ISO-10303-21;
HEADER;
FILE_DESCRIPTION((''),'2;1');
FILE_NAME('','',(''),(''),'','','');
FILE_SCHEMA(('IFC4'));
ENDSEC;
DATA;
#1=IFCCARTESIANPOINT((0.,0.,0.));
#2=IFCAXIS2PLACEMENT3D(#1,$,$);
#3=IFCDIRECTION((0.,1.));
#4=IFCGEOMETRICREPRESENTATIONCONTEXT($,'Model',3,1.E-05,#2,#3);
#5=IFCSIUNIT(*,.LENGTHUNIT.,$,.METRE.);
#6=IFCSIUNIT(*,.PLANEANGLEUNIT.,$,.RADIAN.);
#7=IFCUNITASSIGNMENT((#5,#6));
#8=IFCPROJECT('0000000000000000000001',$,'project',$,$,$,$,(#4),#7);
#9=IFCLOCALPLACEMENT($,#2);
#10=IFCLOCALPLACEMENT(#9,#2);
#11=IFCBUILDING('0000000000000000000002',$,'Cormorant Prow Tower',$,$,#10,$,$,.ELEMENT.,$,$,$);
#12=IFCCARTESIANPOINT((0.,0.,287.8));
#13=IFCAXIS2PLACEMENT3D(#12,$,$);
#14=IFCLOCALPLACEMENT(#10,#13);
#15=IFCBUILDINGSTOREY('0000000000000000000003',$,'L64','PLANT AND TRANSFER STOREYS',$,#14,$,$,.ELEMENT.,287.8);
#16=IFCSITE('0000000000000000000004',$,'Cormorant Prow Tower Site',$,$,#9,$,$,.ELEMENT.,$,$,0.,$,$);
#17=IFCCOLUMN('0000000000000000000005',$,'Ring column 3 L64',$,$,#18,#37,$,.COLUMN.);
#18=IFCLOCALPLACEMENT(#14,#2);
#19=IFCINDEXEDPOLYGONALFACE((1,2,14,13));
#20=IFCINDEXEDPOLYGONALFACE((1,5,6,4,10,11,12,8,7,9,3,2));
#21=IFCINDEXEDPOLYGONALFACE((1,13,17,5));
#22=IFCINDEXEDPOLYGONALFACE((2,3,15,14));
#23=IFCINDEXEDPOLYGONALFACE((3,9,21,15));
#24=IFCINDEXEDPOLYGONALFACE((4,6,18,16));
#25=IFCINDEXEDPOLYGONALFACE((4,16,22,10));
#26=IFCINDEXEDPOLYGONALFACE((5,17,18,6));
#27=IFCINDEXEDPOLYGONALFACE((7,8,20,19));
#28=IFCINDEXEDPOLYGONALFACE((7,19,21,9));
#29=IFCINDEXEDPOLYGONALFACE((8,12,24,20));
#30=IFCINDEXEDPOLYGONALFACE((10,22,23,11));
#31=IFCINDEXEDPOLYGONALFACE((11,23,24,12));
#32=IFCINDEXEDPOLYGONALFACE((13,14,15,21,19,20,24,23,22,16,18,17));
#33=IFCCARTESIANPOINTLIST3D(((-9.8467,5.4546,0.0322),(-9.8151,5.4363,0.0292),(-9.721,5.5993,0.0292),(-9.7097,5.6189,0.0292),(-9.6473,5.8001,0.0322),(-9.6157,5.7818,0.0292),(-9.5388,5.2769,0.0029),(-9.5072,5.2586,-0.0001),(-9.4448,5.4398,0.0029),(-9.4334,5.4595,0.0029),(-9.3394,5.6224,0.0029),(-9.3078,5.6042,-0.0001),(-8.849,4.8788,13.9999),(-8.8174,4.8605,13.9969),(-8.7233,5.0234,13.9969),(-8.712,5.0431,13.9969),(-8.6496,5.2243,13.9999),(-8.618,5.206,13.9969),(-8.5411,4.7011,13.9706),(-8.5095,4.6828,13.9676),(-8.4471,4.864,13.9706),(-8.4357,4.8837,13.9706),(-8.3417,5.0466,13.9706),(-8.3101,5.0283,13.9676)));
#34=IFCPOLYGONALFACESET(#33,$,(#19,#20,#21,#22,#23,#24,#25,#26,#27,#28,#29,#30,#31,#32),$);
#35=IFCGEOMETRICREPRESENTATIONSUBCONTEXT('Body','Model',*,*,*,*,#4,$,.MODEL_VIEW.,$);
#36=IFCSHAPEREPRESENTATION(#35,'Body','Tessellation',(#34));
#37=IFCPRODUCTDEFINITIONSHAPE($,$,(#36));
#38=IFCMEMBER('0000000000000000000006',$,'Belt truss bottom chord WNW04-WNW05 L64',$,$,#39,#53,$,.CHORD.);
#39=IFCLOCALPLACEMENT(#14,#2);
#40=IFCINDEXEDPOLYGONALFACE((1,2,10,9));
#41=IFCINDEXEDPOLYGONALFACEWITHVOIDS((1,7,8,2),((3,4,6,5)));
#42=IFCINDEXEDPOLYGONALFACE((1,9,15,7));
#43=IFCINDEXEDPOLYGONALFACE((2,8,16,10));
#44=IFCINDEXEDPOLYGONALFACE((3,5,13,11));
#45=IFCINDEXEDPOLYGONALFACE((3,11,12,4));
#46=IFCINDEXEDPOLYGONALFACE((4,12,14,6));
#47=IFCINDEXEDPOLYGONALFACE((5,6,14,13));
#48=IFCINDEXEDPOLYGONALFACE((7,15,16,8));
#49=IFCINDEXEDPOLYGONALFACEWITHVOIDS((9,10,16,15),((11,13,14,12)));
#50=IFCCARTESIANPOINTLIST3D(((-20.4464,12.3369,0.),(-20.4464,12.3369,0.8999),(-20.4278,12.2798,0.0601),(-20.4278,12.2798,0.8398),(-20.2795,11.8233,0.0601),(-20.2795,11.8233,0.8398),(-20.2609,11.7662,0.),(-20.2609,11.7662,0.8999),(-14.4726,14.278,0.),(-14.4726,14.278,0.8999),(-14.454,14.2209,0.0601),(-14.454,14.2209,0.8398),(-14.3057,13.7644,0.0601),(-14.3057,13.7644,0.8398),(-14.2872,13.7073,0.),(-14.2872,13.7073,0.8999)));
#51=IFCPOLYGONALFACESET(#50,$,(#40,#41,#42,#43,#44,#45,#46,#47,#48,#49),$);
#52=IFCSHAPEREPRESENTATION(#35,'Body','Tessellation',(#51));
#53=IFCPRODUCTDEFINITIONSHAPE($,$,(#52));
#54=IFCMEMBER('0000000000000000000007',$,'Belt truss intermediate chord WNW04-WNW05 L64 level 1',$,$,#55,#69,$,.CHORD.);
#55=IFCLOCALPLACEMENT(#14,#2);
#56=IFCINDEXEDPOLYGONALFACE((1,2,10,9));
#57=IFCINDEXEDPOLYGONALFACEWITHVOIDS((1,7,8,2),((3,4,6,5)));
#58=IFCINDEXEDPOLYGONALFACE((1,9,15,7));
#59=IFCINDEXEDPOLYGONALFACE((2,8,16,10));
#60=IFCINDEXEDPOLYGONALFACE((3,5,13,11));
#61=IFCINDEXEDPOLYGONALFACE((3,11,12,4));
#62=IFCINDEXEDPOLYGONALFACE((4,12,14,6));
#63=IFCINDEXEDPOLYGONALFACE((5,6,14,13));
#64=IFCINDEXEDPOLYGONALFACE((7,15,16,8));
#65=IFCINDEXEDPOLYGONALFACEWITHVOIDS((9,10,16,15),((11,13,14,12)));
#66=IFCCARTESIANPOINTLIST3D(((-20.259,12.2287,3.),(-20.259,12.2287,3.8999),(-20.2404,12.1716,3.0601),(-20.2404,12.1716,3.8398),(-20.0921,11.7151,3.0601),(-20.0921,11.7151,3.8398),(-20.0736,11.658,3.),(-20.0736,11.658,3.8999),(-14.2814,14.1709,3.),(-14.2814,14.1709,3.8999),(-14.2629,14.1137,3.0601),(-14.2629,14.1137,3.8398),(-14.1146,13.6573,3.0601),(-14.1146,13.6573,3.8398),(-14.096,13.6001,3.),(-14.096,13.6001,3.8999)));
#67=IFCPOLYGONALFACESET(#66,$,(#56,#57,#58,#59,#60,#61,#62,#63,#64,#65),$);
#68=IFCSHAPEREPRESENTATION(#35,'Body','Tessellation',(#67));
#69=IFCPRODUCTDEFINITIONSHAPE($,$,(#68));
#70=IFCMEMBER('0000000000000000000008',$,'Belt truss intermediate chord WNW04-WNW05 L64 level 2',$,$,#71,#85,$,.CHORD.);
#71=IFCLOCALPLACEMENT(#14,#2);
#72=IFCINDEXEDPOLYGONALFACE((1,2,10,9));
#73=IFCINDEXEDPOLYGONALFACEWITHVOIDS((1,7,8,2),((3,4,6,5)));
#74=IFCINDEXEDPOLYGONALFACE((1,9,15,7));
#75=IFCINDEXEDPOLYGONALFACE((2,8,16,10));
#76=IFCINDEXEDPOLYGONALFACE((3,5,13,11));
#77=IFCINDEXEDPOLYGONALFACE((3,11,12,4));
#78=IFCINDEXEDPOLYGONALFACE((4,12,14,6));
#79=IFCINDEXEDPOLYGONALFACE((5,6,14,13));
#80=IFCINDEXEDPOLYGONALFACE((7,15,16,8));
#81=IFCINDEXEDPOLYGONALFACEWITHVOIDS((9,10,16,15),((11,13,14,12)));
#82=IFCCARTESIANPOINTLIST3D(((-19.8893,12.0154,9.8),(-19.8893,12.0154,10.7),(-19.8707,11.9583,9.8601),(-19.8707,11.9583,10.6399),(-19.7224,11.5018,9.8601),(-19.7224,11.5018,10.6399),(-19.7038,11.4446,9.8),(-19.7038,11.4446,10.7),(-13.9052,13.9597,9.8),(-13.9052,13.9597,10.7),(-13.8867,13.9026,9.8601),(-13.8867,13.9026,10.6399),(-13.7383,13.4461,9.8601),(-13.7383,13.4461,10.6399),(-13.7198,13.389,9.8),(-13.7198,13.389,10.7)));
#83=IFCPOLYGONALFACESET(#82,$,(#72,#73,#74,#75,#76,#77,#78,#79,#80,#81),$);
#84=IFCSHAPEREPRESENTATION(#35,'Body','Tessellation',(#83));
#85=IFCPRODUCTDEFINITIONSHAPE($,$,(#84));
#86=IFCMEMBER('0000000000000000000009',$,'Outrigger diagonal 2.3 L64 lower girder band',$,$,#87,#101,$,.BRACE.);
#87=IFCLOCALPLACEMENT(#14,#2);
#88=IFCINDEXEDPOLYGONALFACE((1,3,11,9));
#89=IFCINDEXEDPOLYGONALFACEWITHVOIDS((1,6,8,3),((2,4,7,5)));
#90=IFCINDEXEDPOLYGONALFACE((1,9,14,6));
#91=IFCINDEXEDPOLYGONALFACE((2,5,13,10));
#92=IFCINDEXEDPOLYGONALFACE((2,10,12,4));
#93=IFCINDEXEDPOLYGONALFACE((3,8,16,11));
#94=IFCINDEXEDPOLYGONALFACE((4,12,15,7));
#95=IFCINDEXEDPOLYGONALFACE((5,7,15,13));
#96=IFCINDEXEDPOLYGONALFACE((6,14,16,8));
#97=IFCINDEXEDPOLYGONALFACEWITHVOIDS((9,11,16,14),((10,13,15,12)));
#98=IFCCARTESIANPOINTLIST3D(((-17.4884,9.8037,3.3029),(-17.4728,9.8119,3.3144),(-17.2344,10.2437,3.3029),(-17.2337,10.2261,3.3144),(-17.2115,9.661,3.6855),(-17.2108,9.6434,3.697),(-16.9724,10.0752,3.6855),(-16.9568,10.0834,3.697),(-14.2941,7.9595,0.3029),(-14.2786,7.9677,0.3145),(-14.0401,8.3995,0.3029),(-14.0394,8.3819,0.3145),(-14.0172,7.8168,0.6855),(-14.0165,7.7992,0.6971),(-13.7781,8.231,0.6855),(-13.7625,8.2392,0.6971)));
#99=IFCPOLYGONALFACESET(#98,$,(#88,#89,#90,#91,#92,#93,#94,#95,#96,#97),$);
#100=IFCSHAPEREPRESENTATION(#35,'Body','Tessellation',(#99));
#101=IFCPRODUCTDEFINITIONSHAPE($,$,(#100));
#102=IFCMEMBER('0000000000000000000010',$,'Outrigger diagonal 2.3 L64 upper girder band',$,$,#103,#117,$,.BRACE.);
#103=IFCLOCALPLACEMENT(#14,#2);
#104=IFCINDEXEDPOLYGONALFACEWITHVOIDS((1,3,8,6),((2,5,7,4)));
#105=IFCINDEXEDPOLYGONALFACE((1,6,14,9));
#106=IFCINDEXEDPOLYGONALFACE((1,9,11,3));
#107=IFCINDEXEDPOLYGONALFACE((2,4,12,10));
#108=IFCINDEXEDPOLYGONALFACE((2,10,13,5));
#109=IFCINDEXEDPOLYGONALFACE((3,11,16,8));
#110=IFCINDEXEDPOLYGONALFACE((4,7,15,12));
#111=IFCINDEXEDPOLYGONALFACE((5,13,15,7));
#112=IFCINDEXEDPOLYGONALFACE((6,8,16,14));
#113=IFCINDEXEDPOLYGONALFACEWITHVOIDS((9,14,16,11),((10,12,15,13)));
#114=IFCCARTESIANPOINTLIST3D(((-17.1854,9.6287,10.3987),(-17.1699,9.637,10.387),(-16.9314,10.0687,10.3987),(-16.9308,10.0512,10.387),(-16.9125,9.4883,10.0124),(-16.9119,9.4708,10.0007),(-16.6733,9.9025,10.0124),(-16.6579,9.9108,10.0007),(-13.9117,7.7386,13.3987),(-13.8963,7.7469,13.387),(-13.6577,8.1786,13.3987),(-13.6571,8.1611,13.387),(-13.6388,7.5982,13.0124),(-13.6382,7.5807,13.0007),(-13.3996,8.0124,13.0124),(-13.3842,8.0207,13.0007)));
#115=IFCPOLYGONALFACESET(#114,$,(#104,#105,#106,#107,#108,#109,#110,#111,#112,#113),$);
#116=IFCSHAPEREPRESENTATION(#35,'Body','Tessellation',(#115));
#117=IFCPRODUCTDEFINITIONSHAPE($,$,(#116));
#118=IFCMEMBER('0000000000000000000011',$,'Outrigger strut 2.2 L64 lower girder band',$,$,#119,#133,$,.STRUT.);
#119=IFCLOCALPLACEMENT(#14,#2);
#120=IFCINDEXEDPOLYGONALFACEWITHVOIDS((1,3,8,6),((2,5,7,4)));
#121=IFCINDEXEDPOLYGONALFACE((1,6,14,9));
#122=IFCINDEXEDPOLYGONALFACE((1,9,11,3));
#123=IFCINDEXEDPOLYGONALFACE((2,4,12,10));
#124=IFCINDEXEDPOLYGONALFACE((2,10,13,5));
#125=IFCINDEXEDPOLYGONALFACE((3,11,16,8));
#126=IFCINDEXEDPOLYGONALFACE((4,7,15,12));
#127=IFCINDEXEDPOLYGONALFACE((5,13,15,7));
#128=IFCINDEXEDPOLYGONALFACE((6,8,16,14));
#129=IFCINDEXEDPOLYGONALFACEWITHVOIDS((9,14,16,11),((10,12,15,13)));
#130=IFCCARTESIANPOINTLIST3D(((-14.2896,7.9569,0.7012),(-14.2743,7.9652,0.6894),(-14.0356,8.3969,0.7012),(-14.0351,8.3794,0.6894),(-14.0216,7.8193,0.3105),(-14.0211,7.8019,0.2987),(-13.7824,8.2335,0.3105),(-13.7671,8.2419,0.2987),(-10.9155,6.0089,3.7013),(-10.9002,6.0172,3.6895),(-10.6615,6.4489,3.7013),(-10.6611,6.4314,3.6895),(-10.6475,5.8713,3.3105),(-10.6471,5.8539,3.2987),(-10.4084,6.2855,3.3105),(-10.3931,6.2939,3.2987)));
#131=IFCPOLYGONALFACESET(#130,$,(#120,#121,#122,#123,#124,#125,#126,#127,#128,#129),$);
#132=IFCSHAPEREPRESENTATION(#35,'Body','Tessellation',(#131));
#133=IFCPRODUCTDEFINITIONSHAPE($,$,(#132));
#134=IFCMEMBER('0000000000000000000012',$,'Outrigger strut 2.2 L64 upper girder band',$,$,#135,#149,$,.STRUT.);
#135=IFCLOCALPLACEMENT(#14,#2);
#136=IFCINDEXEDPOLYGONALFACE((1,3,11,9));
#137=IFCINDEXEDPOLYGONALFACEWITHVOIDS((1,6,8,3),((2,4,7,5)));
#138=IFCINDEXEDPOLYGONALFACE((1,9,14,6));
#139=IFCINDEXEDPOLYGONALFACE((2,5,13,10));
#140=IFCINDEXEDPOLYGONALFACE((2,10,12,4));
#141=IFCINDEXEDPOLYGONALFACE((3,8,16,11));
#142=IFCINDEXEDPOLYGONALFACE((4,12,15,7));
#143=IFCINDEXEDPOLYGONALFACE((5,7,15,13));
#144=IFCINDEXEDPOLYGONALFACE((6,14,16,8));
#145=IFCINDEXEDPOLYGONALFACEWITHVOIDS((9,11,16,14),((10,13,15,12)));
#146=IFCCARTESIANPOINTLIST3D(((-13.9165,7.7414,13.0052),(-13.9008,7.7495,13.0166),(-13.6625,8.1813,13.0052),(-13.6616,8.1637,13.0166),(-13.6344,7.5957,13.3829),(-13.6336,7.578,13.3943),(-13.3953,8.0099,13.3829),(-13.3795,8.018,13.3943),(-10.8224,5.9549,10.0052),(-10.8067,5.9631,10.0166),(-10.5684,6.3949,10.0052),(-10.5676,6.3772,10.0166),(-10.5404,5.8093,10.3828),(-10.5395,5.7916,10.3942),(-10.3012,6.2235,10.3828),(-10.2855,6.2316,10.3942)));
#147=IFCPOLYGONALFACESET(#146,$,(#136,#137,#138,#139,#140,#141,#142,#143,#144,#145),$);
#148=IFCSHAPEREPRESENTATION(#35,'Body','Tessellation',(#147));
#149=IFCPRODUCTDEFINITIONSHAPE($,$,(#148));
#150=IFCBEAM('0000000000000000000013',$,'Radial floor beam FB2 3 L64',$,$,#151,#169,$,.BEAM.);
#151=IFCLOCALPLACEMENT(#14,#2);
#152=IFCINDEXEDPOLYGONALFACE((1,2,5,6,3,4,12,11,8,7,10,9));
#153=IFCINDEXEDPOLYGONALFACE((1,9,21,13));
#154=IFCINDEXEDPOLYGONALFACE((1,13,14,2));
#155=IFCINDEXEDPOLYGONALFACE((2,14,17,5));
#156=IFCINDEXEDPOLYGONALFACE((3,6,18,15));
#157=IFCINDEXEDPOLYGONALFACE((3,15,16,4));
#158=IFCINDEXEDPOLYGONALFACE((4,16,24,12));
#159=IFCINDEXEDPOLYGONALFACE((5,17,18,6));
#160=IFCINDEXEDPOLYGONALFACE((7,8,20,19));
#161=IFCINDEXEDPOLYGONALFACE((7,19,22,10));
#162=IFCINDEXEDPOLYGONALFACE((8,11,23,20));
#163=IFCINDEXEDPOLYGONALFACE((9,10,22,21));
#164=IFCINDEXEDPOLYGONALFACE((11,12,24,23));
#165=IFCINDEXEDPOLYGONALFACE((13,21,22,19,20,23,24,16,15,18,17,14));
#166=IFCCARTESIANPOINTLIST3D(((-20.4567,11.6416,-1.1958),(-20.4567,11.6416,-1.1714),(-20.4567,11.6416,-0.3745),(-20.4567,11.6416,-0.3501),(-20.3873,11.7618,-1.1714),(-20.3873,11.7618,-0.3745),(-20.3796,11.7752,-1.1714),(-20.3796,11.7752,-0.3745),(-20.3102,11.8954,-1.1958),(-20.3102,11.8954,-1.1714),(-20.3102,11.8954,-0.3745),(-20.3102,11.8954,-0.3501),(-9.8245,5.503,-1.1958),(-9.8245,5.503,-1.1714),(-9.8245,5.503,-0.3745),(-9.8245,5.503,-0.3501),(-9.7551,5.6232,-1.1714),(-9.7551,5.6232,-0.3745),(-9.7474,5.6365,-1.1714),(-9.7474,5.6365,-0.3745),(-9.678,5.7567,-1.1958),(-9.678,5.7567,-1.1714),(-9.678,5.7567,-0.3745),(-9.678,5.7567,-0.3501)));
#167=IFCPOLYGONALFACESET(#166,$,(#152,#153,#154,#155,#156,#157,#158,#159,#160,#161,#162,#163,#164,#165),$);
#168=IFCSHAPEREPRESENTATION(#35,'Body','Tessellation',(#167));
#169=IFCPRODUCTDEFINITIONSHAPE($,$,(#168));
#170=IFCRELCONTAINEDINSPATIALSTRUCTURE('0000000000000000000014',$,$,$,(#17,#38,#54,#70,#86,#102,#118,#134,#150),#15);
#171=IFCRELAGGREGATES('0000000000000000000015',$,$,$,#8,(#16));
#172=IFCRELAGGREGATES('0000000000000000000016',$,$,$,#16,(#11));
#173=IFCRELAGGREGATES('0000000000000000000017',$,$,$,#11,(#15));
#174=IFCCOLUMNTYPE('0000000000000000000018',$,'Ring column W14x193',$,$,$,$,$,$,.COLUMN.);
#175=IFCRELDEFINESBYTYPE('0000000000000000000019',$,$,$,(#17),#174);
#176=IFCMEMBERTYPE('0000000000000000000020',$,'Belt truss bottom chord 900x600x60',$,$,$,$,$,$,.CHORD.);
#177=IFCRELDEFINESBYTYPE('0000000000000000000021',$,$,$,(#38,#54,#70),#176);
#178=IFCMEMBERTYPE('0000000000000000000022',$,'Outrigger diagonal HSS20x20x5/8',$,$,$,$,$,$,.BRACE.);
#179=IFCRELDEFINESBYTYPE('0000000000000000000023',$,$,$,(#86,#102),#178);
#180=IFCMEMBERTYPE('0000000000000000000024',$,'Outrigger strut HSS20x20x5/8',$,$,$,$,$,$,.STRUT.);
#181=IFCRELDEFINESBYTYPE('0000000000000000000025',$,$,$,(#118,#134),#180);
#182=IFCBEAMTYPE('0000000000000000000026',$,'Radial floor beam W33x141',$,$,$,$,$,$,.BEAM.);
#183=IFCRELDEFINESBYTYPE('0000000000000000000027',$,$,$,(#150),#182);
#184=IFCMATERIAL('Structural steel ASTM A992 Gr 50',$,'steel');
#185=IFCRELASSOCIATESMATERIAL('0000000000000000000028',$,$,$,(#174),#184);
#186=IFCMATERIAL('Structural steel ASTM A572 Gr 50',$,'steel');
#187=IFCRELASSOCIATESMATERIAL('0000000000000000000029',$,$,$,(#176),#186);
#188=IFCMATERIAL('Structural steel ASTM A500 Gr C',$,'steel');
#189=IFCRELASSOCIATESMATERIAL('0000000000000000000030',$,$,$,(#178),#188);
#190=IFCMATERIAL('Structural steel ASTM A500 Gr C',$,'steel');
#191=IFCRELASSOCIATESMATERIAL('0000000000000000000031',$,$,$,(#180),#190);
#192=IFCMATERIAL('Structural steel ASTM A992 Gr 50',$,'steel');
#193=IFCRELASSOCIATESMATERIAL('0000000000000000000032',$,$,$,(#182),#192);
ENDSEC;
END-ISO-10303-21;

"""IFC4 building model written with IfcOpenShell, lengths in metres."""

from ifc_helpers import new_model, si_unit, direction, frame, origin, origin_2d, place, context, subcontext, project, spatial, hollow_rectangle, i_section, extrude, material, material_profile, profile_set, type_object, element, save


model = new_model("IFC4")

# Units and contexts
model_context = context("Model", 3, precision=1e-05, world=origin(), true_north=direction((0.0, 1.0)))
body_context = subcontext(model_context, "Body", "Model", "MODEL_VIEW")
ifc_project = project(units=[si_unit("LENGTHUNIT", "METRE"), si_unit("PLANEANGLEUNIT", "RADIAN")], contexts=[model_context])

# Site, building, storey
site_placement = place(None, origin())
site = spatial("IfcSite", under=ifc_project, at=site_placement, Name="Cormorant Prow Tower Site", CompositionType="ELEMENT", RefElevation=0.0)
building_placement = place(site_placement, origin())
building = spatial("IfcBuilding", under=site, at=building_placement, Name="Cormorant Prow Tower", CompositionType="ELEMENT")
storey_placement = place(building_placement, frame((0.0, 0.0, 287.8)))
storey = spatial("IfcBuildingStorey", under=building, at=storey_placement, Name="L64", Description="PLANT AND TRANSFER STOREYS", CompositionType="ELEMENT", Elevation=287.8)

# Column
ifc_material_1 = material(Name="Structural steel ASTM A992 Gr 50", Category="steel")
ifc_material_profile_1 = material_profile(ifc_material_1, i_section(OverallWidth=0.3989, OverallDepth=0.3933, WebThickness=0.0227, FlangeThickness=0.0366, at=origin_2d()), Name="W14x193")
ifc_profile_set_1 = profile_set([ifc_material_profile_1], Name="Structural steel ASTM A992 Gr 50")
column_type = type_object("IfcColumnType", Name="Ring column W14x193", PredefinedType="COLUMN", material=ifc_profile_set_1)
column_placement = place(storey_placement, frame((-9.5784, 5.53, 0.0), z_axis=(0.071187, -0.041085, 0.996616), x_axis=(0.499869, 0.866101, 0.0)))
element("IfcColumn", 1, at=column_placement, inside=storey, type_object=column_type, Name="Ring column 3 L64", PredefinedType="COLUMN", context=body_context, shape_type="SweptSolid", body=[
    extrude(i_section(OverallWidth=0.3989, OverallDepth=0.3933, WebThickness=0.0227, FlangeThickness=0.0366, at=origin_2d()), frame((0.0, 0.0, 0.0161)), (0.0, 0.0, 1.0), 14.0151),
])

# Members
ifc_material_2 = material(Name="Structural steel ASTM A572 Gr 50", Category="steel")
ifc_material_profile_2 = material_profile(ifc_material_2, hollow_rectangle(XDim=0.6001, YDim=0.8999, WallThickness=0.0601, at=origin_2d()), Name="Box 900x600x60")
ifc_profile_set_2 = profile_set([ifc_material_profile_2], Name="Structural steel ASTM A572 Gr 50")
member_type_1 = type_object("IfcMemberType", Name="Belt truss bottom chord 900x600x60", PredefinedType="CHORD", material=ifc_profile_set_2)
member_1_placement = place(storey_placement, frame((-14.3799, 13.9927, 0.45), z_axis=(-0.95105, -0.309036, 0.0), x_axis=(0.309036, -0.95105, 0.0)))
element("IfcMember", 2, at=member_1_placement, inside=storey, type_object=member_type_1, Name="Belt truss bottom chord WNW04-WNW05 L64", PredefinedType="CHORD", context=body_context, shape_type="SweptSolid", body=[
    extrude(hollow_rectangle(XDim=0.6001, YDim=0.8999, WallThickness=0.0601, at=origin_2d()), origin(), (0.0, 0.0, 1.0), 6.2812),
])
member_2_placement = place(storey_placement, frame((-14.1887, 13.8855, 3.45), z_axis=(-0.95106, -0.309005, 0.0), x_axis=(0.309005, -0.95106, 0.0)))
element("IfcMember", 3, at=member_2_placement, inside=storey, type_object=member_type_1, Name="Belt truss intermediate chord WNW04-WNW05 L64 level 1", PredefinedType="CHORD", context=body_context, shape_type="SweptSolid", body=[
    extrude(hollow_rectangle(XDim=0.6001, YDim=0.8999, WallThickness=0.0601, at=origin_2d()), origin(), (0.0, 0.0, 1.0), 6.2852),
])
member_3_placement = place(storey_placement, frame((-13.8125, 13.6743, 10.25), z_axis=(-0.951058, -0.309013, 0.0), x_axis=(0.309013, -0.951058, 0.0)))
element("IfcMember", 4, at=member_3_placement, inside=storey, type_object=member_type_1, Name="Belt truss intermediate chord WNW04-WNW05 L64 level 2", PredefinedType="CHORD", context=body_context, shape_type="SweptSolid", body=[
    extrude(hollow_rectangle(XDim=0.6001, YDim=0.8999, WallThickness=0.0601, at=origin_2d()), origin(), (0.0, 0.0, 1.0), 6.292),
])
ifc_material_3 = material(Name="Structural steel ASTM A500 Gr C", Category="steel")
ifc_material_profile_3 = material_profile(ifc_material_3, hollow_rectangle(XDim=0.5081, YDim=0.5081, WallThickness=0.0149, at=origin_2d()), Name="HSS20x20x5/8")
ifc_profile_set_3 = profile_set([ifc_material_profile_3], Name="Structural steel ASTM A500 Gr C")
member_type_2 = type_object("IfcMemberType", Name="Outrigger diagonal HSS20x20x5/8", PredefinedType="BRACE", material=ifc_profile_set_3)
member_4_placement = place(storey_placement, frame((-14.0283, 8.0994, 0.5), z_axis=(-0.671859, 0.387896, 0.630985), x_axis=(-0.499997, -0.866027, 0.0)))
element("IfcMember", 5, at=member_4_placement, inside=storey, type_object=member_type_2, Name="Outrigger diagonal 2.3 L64 lower girder band", PredefinedType="BRACE", context=body_context, shape_type="SweptSolid", body=[
    extrude(hollow_rectangle(XDim=0.5081, YDim=0.5081, WallThickness=0.0149, at=origin_2d()), origin(), (0.0, 0.0, 1.0), 4.7544),
])
member_5_placement = place(storey_placement, frame((-13.6479, 7.8796, 13.1997), z_axis=(-0.678352, 0.391663, -0.621642), x_axis=(-0.500015, -0.866017, 0.0)))
element("IfcMember", 6, at=member_5_placement, inside=storey, type_object=member_type_2, Name="Outrigger diagonal 2.3 L64 upper girder band", PredefinedType="BRACE", context=body_context, shape_type="SweptSolid", body=[
    extrude(hollow_rectangle(XDim=0.5081, YDim=0.5081, WallThickness=0.0149, at=origin_2d()), origin(), (0.0, 0.0, 1.0), 4.8259),
])
ifc_material_4 = material(Name="Structural steel ASTM A500 Gr C", Category="steel")
ifc_material_profile_4 = material_profile(ifc_material_4, hollow_rectangle(XDim=0.5081, YDim=0.5081, WallThickness=0.0149, at=origin_2d()), Name="HSS20x20x5/8")
ifc_profile_set_4 = profile_set([ifc_material_profile_4], Name="Structural steel ASTM A500 Gr C")
member_type_3 = type_object("IfcMemberType", Name="Outrigger strut HSS20x20x5/8", PredefinedType="STRUT", material=ifc_profile_set_4)
member_6_placement = place(storey_placement, frame((-10.6543, 6.1514, 3.5), z_axis=(-0.686169, 0.396161, -0.610105), x_axis=(-0.500001, -0.866025, 0.0)))
element("IfcMember", 7, at=member_6_placement, inside=storey, type_object=member_type_3, Name="Outrigger strut 2.2 L64 lower girder band", PredefinedType="STRUT", context=body_context, shape_type="SweptSolid", body=[
    extrude(hollow_rectangle(XDim=0.5081, YDim=0.5081, WallThickness=0.0149, at=origin_2d()), origin(), (0.0, 0.0, 1.0), 4.9172),
])
member_7_placement = place(storey_placement, frame((-10.554, 6.0933, 10.1997), z_axis=(-0.663209, 0.382917, 0.643061), x_axis=(-0.500012, -0.866018, 0.0)))
element("IfcMember", 8, at=member_7_placement, inside=storey, type_object=member_type_3, Name="Outrigger strut 2.2 L64 upper girder band", PredefinedType="STRUT", context=body_context, shape_type="SweptSolid", body=[
    extrude(hollow_rectangle(XDim=0.5081, YDim=0.5081, WallThickness=0.0149, at=origin_2d()), origin(), (0.0, 0.0, 1.0), 4.6653),
])

# Beam
ifc_material_5 = material(Name="Structural steel ASTM A992 Gr 50", Category="steel")
ifc_material_profile_5 = material_profile(ifc_material_5, i_section(OverallWidth=0.293, OverallDepth=0.8457, WebThickness=0.0154, FlangeThickness=0.0244, at=origin_2d()), Name="W33x141")
ifc_profile_set_5 = profile_set([ifc_material_profile_5], Name="Structural steel ASTM A992 Gr 50")
beam_type_1 = type_object("IfcBeamType", Name="Radial floor beam W33x141", PredefinedType="BEAM", material=ifc_profile_set_5)
beam_1_placement = place(storey_placement, frame((-9.7512, 5.6299, -0.7729), z_axis=(-0.866022, 0.500006, 0.0), x_axis=(-0.500006, -0.866022, 0.0)))
element("IfcBeam", 9, at=beam_1_placement, inside=storey, type_object=beam_type_1, Name="Radial floor beam FB2 3 L64", PredefinedType="BEAM", context=body_context, shape_type="SweptSolid", body=[
    extrude(i_section(OverallWidth=0.293, OverallDepth=0.8457, WebThickness=0.0154, FlangeThickness=0.0244, at=origin_2d()), origin(), (0.0, 0.0, 1.0), 12.2771),
])

save(model, "model.ifc")
